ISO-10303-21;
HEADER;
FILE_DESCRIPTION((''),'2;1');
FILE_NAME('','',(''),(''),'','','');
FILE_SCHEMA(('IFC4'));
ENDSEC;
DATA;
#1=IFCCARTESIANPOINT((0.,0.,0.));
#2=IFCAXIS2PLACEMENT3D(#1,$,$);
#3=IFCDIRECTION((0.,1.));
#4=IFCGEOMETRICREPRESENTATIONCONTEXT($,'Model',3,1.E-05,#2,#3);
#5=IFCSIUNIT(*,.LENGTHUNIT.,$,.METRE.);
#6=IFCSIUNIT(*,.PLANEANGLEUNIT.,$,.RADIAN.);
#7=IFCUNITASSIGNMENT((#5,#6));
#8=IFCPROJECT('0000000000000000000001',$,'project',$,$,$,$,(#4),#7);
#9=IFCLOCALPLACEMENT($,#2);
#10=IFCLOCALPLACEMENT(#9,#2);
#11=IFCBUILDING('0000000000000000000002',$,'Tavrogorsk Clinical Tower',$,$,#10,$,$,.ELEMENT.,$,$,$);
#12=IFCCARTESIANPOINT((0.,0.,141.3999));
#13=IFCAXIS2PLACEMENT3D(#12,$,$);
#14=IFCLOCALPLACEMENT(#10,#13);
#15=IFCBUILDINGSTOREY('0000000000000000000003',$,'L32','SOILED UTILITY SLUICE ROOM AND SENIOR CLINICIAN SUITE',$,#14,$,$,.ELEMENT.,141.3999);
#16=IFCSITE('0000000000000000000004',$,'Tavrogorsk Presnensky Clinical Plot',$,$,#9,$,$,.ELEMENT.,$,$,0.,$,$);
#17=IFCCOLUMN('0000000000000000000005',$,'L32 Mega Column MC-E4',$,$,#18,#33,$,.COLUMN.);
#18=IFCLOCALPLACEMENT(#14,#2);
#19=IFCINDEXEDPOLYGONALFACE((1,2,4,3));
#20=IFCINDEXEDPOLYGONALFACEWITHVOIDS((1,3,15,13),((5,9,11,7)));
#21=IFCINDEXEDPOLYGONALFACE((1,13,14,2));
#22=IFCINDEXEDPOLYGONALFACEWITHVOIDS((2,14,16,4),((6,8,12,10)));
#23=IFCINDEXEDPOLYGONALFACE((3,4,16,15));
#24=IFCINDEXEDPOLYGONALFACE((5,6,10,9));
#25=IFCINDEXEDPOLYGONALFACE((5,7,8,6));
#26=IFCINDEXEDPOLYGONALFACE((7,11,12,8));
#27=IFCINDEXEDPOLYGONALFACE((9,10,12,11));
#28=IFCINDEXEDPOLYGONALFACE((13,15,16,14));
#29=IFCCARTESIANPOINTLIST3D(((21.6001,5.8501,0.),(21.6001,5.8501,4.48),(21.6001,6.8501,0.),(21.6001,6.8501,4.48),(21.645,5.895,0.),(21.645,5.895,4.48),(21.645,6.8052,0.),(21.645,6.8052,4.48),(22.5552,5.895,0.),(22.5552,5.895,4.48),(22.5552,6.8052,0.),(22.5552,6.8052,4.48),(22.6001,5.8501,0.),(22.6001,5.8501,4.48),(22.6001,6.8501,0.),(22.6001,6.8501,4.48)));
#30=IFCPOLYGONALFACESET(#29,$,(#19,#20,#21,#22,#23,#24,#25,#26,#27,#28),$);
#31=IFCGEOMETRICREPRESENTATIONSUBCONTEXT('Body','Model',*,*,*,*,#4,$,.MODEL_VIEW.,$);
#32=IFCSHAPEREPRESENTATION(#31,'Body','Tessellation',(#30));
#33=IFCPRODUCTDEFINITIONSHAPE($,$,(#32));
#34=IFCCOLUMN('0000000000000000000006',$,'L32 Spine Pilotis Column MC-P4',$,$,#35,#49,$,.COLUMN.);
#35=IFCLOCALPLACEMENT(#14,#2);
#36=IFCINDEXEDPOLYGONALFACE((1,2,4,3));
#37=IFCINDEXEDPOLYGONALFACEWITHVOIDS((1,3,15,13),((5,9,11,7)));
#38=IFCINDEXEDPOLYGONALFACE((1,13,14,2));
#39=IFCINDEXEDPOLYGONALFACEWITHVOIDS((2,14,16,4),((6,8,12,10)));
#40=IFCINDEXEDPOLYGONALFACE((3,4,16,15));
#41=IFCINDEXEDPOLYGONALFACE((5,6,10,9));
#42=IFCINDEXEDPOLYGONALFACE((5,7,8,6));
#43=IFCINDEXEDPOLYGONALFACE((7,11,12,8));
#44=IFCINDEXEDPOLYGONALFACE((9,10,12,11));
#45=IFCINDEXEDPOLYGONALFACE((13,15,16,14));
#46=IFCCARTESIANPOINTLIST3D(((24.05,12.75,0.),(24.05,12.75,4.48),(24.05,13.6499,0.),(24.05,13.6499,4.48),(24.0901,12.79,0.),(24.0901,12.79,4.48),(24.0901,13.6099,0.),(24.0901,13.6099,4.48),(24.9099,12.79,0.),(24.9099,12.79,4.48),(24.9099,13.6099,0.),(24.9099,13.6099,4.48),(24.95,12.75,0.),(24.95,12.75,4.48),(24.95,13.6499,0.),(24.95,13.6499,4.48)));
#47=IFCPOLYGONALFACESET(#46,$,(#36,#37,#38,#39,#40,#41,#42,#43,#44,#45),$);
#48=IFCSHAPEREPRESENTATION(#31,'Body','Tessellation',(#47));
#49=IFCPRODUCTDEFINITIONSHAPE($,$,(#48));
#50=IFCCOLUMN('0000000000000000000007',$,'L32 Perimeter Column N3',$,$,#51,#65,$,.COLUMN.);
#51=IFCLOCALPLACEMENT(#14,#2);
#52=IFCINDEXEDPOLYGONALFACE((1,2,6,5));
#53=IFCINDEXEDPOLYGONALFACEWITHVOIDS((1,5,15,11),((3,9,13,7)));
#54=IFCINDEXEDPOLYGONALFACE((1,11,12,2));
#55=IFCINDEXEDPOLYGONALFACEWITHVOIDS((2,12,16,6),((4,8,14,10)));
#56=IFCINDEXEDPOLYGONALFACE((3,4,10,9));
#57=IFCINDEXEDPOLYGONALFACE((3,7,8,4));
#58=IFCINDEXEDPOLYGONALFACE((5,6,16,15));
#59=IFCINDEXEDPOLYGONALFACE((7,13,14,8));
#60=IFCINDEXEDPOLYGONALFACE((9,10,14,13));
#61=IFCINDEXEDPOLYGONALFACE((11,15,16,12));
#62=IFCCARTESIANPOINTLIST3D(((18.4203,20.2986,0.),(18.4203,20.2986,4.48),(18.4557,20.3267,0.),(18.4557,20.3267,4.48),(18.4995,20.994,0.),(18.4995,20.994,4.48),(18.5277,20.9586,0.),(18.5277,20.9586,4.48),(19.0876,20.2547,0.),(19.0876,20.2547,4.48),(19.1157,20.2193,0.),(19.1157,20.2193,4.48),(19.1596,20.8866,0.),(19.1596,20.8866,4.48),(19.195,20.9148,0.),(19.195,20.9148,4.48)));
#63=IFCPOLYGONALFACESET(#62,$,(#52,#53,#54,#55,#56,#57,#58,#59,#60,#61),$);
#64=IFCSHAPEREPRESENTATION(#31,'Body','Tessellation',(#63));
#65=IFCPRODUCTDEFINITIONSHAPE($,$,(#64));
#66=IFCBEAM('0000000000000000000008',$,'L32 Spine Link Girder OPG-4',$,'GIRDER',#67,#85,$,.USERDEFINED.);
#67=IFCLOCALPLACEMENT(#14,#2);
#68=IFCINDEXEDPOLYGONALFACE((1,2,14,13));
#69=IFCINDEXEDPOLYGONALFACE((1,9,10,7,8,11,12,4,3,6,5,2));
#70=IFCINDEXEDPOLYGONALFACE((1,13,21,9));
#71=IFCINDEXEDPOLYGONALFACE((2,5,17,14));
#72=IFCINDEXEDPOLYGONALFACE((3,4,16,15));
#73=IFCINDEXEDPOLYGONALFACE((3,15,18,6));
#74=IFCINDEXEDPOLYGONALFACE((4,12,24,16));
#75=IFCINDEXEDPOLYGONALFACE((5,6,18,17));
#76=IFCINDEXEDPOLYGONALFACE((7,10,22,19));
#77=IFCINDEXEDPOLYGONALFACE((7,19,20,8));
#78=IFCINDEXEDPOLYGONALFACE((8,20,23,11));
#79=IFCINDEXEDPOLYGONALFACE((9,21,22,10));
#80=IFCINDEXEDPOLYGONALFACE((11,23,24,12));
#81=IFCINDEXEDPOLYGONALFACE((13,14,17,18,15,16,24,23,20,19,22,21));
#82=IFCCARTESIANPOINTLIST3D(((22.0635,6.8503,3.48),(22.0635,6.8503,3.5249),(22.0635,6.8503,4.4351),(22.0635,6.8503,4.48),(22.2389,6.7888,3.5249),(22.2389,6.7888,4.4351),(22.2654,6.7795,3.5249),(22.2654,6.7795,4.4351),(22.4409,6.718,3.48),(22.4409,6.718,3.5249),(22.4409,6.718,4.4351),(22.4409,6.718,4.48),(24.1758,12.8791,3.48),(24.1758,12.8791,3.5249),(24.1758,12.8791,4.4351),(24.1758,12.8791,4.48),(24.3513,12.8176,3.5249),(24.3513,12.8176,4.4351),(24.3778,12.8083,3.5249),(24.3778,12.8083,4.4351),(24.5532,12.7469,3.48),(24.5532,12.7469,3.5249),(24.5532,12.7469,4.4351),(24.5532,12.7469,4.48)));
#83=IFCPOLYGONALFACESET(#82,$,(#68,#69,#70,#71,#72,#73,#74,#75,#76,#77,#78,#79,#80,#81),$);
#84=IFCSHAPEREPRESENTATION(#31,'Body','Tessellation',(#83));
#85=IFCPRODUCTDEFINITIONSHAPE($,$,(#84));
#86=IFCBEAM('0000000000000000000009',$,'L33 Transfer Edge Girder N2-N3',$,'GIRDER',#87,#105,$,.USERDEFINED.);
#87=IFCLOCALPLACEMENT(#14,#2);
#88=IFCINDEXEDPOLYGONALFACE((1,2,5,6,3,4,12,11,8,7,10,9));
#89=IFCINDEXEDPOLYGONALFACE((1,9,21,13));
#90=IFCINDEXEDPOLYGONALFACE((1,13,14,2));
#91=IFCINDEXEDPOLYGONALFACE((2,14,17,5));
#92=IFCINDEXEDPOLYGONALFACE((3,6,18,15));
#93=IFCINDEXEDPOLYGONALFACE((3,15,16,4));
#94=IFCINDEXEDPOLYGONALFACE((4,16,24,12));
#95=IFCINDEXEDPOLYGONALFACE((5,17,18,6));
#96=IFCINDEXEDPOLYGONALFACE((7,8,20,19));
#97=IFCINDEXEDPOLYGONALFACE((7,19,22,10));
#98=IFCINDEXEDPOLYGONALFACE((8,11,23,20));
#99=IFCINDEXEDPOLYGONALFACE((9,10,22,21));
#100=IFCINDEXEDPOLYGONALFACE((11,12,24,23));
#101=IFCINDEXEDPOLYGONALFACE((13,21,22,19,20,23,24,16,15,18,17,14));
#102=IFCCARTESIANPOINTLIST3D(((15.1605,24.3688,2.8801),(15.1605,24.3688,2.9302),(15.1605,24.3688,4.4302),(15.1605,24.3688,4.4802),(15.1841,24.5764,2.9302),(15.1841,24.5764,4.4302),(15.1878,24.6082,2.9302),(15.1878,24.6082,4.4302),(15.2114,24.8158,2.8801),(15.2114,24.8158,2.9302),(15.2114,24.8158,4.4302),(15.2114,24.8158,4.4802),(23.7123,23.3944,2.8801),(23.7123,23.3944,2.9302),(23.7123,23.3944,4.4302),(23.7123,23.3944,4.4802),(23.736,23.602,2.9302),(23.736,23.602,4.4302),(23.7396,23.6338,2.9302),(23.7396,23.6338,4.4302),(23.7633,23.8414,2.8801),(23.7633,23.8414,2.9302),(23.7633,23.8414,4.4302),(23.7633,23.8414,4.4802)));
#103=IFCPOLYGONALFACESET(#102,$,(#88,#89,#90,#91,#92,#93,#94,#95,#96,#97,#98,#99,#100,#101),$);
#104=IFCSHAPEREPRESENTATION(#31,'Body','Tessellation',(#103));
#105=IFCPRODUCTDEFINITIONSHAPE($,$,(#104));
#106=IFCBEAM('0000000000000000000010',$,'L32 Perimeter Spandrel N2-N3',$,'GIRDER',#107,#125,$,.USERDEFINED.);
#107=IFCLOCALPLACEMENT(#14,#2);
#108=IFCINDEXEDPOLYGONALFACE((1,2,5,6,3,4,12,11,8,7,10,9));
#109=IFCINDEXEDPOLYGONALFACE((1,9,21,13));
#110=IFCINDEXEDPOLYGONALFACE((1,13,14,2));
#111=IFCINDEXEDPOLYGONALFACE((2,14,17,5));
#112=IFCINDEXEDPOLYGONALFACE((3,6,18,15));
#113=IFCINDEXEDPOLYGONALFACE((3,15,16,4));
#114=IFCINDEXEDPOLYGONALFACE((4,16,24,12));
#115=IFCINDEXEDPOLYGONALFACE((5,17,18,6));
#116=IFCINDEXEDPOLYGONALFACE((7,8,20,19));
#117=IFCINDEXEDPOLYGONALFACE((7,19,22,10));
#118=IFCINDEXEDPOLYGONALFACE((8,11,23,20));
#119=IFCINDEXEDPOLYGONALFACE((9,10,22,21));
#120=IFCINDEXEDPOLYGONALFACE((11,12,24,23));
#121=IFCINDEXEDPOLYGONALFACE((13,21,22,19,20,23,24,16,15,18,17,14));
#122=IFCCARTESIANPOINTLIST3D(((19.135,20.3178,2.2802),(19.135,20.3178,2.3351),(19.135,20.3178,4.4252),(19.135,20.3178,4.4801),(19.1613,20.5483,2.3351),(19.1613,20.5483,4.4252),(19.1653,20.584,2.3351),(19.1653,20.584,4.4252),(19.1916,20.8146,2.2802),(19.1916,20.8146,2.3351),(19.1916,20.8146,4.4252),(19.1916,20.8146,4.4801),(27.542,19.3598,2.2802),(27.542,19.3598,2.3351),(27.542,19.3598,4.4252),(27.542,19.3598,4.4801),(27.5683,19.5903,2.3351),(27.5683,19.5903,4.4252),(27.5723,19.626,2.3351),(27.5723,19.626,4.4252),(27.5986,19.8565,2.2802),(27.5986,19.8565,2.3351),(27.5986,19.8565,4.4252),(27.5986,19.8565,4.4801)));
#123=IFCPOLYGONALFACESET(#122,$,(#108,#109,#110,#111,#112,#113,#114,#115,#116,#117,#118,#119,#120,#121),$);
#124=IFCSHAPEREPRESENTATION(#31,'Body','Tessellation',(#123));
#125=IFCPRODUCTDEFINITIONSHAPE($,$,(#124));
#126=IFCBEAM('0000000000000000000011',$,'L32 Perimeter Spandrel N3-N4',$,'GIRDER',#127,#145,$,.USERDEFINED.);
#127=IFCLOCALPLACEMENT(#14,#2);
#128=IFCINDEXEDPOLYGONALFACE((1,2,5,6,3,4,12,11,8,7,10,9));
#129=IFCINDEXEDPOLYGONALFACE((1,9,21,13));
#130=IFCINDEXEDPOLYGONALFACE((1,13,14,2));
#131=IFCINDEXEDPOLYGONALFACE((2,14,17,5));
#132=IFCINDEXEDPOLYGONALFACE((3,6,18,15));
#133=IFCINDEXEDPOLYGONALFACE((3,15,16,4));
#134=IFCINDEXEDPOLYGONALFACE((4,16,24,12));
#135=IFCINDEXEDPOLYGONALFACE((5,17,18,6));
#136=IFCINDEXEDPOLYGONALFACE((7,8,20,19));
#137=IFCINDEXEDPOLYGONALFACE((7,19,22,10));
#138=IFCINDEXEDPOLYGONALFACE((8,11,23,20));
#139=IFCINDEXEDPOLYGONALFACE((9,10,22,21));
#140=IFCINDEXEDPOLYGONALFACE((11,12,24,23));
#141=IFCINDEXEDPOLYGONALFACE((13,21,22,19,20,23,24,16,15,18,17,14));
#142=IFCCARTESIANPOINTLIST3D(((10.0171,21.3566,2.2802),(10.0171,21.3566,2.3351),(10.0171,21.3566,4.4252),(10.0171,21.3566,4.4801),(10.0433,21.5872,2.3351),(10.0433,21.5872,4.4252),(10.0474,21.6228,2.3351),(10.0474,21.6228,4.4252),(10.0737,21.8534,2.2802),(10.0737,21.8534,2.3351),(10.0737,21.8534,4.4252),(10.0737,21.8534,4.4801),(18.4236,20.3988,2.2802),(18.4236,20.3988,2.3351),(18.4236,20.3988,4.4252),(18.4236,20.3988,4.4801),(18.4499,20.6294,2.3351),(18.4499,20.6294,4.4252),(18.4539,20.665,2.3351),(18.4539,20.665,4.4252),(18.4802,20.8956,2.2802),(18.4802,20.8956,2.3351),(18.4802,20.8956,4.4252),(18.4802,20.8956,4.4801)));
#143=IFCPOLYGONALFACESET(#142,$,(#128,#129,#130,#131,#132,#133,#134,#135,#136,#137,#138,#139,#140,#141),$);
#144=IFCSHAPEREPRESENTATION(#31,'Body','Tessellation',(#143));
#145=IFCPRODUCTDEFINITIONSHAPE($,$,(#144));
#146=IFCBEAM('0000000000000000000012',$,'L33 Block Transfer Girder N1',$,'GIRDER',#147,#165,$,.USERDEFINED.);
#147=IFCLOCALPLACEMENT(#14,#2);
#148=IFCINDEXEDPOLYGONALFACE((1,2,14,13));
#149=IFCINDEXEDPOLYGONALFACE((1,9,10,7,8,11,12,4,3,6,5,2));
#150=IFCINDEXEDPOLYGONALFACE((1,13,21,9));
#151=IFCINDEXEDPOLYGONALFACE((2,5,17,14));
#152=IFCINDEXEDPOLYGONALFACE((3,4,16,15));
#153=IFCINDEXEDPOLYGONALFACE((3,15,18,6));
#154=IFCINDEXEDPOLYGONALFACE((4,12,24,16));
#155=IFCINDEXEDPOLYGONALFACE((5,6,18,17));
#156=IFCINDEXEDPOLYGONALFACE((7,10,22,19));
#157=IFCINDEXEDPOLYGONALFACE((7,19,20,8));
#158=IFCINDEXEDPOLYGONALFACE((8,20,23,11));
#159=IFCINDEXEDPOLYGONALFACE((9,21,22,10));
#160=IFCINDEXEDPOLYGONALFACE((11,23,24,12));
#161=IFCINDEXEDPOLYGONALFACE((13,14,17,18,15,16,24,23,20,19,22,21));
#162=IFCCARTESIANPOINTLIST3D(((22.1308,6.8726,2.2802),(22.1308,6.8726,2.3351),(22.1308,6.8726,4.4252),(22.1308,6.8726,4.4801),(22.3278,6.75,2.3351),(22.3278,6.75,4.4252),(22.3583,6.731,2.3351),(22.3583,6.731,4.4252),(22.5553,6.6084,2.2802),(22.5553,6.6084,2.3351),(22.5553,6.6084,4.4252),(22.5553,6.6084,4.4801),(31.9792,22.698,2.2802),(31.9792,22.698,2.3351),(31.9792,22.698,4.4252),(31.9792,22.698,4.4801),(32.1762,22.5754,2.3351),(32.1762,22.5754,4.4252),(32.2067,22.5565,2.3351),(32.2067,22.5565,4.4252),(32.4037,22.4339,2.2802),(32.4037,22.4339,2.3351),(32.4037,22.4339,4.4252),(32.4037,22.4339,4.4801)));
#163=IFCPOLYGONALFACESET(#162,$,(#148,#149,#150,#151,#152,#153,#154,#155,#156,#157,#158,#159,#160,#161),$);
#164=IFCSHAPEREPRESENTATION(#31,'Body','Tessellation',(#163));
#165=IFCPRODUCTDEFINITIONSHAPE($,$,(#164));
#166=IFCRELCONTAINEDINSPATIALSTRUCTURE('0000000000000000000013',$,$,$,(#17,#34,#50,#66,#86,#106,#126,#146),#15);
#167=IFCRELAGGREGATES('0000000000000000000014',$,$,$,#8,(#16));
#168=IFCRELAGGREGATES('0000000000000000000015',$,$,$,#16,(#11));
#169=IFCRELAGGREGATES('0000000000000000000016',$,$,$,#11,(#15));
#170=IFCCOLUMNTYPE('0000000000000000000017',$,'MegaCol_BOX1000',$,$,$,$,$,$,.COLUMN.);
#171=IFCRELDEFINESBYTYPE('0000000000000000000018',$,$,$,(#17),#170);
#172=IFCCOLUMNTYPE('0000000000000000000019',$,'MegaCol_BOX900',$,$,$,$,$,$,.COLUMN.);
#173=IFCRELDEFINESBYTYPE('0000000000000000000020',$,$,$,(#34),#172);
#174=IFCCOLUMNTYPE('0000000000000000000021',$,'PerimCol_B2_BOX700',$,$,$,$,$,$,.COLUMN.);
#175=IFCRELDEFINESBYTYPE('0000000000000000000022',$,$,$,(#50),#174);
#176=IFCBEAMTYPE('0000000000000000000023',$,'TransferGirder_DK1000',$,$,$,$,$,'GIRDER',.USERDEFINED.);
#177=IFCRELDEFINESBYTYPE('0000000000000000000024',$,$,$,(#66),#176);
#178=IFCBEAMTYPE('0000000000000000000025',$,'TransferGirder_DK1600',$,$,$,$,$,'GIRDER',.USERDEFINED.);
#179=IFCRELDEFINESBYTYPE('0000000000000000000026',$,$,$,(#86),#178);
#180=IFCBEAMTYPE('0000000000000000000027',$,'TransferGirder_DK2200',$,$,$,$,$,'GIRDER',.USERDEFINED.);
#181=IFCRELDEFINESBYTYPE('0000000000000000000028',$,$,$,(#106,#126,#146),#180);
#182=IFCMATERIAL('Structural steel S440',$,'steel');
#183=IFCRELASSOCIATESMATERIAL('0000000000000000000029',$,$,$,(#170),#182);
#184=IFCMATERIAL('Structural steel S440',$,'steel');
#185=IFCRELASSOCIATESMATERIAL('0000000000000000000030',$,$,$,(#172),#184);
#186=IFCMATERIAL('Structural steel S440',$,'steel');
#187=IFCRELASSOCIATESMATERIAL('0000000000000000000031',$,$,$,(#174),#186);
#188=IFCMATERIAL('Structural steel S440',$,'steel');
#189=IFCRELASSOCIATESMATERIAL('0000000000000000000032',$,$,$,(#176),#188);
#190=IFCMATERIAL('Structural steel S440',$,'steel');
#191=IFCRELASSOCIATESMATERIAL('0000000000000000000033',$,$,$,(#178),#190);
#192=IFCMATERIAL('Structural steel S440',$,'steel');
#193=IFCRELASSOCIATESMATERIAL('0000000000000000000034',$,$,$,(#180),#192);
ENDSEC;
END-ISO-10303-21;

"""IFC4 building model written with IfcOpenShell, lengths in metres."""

from ifc_helpers import new_model, si_unit, direction, frame, origin, origin_2d, place, context, subcontext, project, spatial, hollow_rectangle, i_section, extrude, material, material_profile, profile_set, type_object, element, save


model = new_model("IFC4")

# Units and contexts
model_context = context("Model", 3, precision=1e-05, world=origin(), true_north=direction((0.0, 1.0)))
body_context = subcontext(model_context, "Body", "Model", "MODEL_VIEW")
ifc_project = project(units=[si_unit("LENGTHUNIT", "METRE"), si_unit("PLANEANGLEUNIT", "RADIAN")], contexts=[model_context])

# Site, building, storey
site_placement = place(None, origin())
site = spatial("IfcSite", under=ifc_project, at=site_placement, Name="Tavrogorsk Presnensky Clinical Plot", CompositionType="ELEMENT", RefElevation=0.0)
building_placement = place(site_placement, origin())
building = spatial("IfcBuilding", under=site, at=building_placement, Name="Tavrogorsk Clinical Tower", CompositionType="ELEMENT")
storey_placement = place(building_placement, frame((0.0, 0.0, 141.3999)))
storey = spatial("IfcBuildingStorey", under=building, at=storey_placement, Name="L32", Description="SOILED UTILITY SLUICE ROOM AND SENIOR CLINICIAN SUITE", CompositionType="ELEMENT", Elevation=141.3999)

# Columns
ifc_material_1 = material(Name="Structural steel S440", Category="steel")
ifc_material_profile_1 = material_profile(ifc_material_1, hollow_rectangle(XDim=1.0, YDim=1.0, WallThickness=0.0449, at=origin_2d()), Name="BOX-1000x1000x45")
ifc_profile_set_1 = profile_set([ifc_material_profile_1], Name="Structural steel S440")
column_type_1 = type_object("IfcColumnType", Name="MegaCol_BOX1000", PredefinedType="COLUMN", material=ifc_profile_set_1)
column_1_placement = place(storey_placement, frame((22.1001, 6.3501, 0.0), z_axis=(0.0, 0.0, 1.0), x_axis=(1.0, 0.0, 0.0)))
element("IfcColumn", 1, at=column_1_placement, inside=storey, type_object=column_type_1, Name="L32 Mega Column MC-E4", PredefinedType="COLUMN", context=body_context, shape_type="SweptSolid", body=[
    extrude(hollow_rectangle(XDim=1.0, YDim=1.0, WallThickness=0.0449, at=origin_2d()), origin(), (0.0, 0.0, 1.0), 4.48),
])
ifc_material_2 = material(Name="Structural steel S440", Category="steel")
ifc_material_profile_2 = material_profile(ifc_material_2, hollow_rectangle(XDim=0.8999, YDim=0.8999, WallThickness=0.04, at=origin_2d()), Name="BOX-900x900x40")
ifc_profile_set_2 = profile_set([ifc_material_profile_2], Name="Structural steel S440")
column_type_2 = type_object("IfcColumnType", Name="MegaCol_BOX900", PredefinedType="COLUMN", material=ifc_profile_set_2)
column_2_placement = place(storey_placement, frame((24.5, 13.2, 0.0), z_axis=(0.0, 0.0, 1.0), x_axis=(1.0, 0.0, 0.0)))
element("IfcColumn", 2, at=column_2_placement, inside=storey, type_object=column_type_2, Name="L32 Spine Pilotis Column MC-P4", PredefinedType="COLUMN", context=body_context, shape_type="SweptSolid", body=[
    extrude(hollow_rectangle(XDim=0.8999, YDim=0.8999, WallThickness=0.04, at=origin_2d()), origin(), (0.0, 0.0, 1.0), 4.48),
])
ifc_material_3 = material(Name="Structural steel S440", Category="steel")
ifc_material_profile_3 = material_profile(ifc_material_3, hollow_rectangle(XDim=0.7, YDim=0.7, WallThickness=0.032, at=origin_2d()), Name="BOX-700x700x32")
ifc_profile_set_3 = profile_set([ifc_material_profile_3], Name="Structural steel S440")
column_type_3 = type_object("IfcColumnType", Name="PerimCol_B2_BOX700", PredefinedType="COLUMN", material=ifc_profile_set_3)
column_3_placement = place(storey_placement, frame((18.8076, 20.6067, 0.0), z_axis=(0.0, 0.0, 1.0), x_axis=(0.993572, -0.113203, 0.0)))
element("IfcColumn", 3, at=column_3_placement, inside=storey, type_object=column_type_3, Name="L32 Perimeter Column N3", PredefinedType="COLUMN", context=body_context, shape_type="SweptSolid", body=[
    extrude(hollow_rectangle(XDim=0.7, YDim=0.7, WallThickness=0.032, at=origin_2d()), origin(), (0.0, 0.0, 1.0), 4.48),
])

# Beams
ifc_material_4 = material(Name="Structural steel S440", Category="steel")
ifc_material_profile_4 = material_profile(ifc_material_4, i_section(OverallWidth=0.3999, OverallDepth=1.0, WebThickness=0.0281, FlangeThickness=0.0449, at=origin_2d()), Name="DK-1000x400x28x45")
ifc_profile_set_4 = profile_set([ifc_material_profile_4], Name="Structural steel S440")
beam_type_1 = type_object("IfcBeamType", Name="TransferGirder_DK1000", ElementType="GIRDER", PredefinedType="USERDEFINED", material=ifc_profile_set_4)
beam_1_placement = place(storey_placement, frame((24.3645, 12.813, 3.98), z_axis=(-0.33066, -0.94375, 0.0), x_axis=(0.94375, -0.33066, 0.0)))
element("IfcBeam", 4, at=beam_1_placement, inside=storey, type_object=beam_type_1, Name="L32 Spine Link Girder OPG-4", ObjectType="GIRDER", PredefinedType="USERDEFINED", context=body_context, shape_type="SweptSolid", body=[
    extrude(i_section(OverallWidth=0.3999, OverallDepth=1.0, WebThickness=0.0281, FlangeThickness=0.0449, at=origin_2d()), origin(), (0.0, 0.0, 1.0), 6.3882),
])
ifc_material_5 = material(Name="Structural steel S440", Category="steel")
ifc_material_profile_5 = material_profile(ifc_material_5, i_section(OverallWidth=0.45, OverallDepth=1.6001, WebThickness=0.032, FlangeThickness=0.05, at=origin_2d()), Name="DK-1600x450x32x50")
ifc_profile_set_5 = profile_set([ifc_material_profile_5], Name="Structural steel S440")
beam_type_2 = type_object("IfcBeamType", Name="TransferGirder_DK1600", ElementType="GIRDER", PredefinedType="USERDEFINED", material=ifc_profile_set_5)
beam_2_placement = place(storey_placement, frame((23.7378, 23.6179, 3.6802), z_axis=(-0.993572, 0.113205, 0.0), x_axis=(-0.113205, -0.993572, 0.0)))
element("IfcBeam", 5, at=beam_2_placement, inside=storey, type_object=beam_type_2, Name="L33 Transfer Edge Girder N2-N3", ObjectType="GIRDER", PredefinedType="USERDEFINED", context=body_context, shape_type="SweptSolid", body=[
    extrude(i_section(OverallWidth=0.45, OverallDepth=1.6001, WebThickness=0.032, FlangeThickness=0.05, at=origin_2d()), origin(), (0.0, 0.0, 1.0), 8.6072),
])
ifc_material_6 = material(Name="Structural steel S440", Category="steel")
ifc_material_profile_6 = material_profile(ifc_material_6, i_section(OverallWidth=0.5, OverallDepth=2.2, WebThickness=0.0359, FlangeThickness=0.0549, at=origin_2d()), Name="DK-2200x500x36x55")
ifc_profile_set_6 = profile_set([ifc_material_profile_6], Name="Structural steel S440")
beam_type_3 = type_object("IfcBeamType", Name="TransferGirder_DK2200", ElementType="GIRDER", PredefinedType="USERDEFINED", material=ifc_profile_set_6)
beam_3_placement = place(storey_placement, frame((27.5703, 19.6082, 3.3801), z_axis=(-0.99357, 0.113221, 0.0), x_axis=(-0.113221, -0.99357, 0.0)))
element("IfcBeam", 6, at=beam_3_placement, inside=storey, type_object=beam_type_3, Name="L32 Perimeter Spandrel N2-N3", ObjectType="GIRDER", PredefinedType="USERDEFINED", context=body_context, shape_type="SweptSolid", body=[
    extrude(i_section(OverallWidth=0.5, OverallDepth=2.2, WebThickness=0.0359, FlangeThickness=0.0549, at=origin_2d()), origin(), (0.0, 0.0, 1.0), 8.4614),
])
beam_4_placement = place(storey_placement, frame((18.4519, 20.6472, 3.3801), z_axis=(-0.993572, 0.113199, 0.0), x_axis=(-0.113199, -0.993572, 0.0)))
element("IfcBeam", 7, at=beam_4_placement, inside=storey, type_object=beam_type_3, Name="L32 Perimeter Spandrel N3-N4", ObjectType="GIRDER", PredefinedType="USERDEFINED", context=body_context, shape_type="SweptSolid", body=[
    extrude(i_section(OverallWidth=0.5, OverallDepth=2.2, WebThickness=0.0359, FlangeThickness=0.0549, at=origin_2d()), origin(), (0.0, 0.0, 1.0), 8.4609),
])
beam_5_placement = place(storey_placement, frame((22.343, 6.7405, 3.3801), z_axis=(0.528358, 0.849022, 0.0), x_axis=(-0.849022, 0.528358, 0.0)))
element("IfcBeam", 8, at=beam_5_placement, inside=storey, type_object=beam_type_3, Name="L33 Block Transfer Girder N1", ObjectType="GIRDER", PredefinedType="USERDEFINED", context=body_context, shape_type="SweptSolid", body=[
    extrude(i_section(OverallWidth=0.5, OverallDepth=2.2, WebThickness=0.0359, FlangeThickness=0.0549, at=origin_2d()), origin(), (0.0, 0.0, 1.0), 18.6396),
])

save(model, "model.ifc")
